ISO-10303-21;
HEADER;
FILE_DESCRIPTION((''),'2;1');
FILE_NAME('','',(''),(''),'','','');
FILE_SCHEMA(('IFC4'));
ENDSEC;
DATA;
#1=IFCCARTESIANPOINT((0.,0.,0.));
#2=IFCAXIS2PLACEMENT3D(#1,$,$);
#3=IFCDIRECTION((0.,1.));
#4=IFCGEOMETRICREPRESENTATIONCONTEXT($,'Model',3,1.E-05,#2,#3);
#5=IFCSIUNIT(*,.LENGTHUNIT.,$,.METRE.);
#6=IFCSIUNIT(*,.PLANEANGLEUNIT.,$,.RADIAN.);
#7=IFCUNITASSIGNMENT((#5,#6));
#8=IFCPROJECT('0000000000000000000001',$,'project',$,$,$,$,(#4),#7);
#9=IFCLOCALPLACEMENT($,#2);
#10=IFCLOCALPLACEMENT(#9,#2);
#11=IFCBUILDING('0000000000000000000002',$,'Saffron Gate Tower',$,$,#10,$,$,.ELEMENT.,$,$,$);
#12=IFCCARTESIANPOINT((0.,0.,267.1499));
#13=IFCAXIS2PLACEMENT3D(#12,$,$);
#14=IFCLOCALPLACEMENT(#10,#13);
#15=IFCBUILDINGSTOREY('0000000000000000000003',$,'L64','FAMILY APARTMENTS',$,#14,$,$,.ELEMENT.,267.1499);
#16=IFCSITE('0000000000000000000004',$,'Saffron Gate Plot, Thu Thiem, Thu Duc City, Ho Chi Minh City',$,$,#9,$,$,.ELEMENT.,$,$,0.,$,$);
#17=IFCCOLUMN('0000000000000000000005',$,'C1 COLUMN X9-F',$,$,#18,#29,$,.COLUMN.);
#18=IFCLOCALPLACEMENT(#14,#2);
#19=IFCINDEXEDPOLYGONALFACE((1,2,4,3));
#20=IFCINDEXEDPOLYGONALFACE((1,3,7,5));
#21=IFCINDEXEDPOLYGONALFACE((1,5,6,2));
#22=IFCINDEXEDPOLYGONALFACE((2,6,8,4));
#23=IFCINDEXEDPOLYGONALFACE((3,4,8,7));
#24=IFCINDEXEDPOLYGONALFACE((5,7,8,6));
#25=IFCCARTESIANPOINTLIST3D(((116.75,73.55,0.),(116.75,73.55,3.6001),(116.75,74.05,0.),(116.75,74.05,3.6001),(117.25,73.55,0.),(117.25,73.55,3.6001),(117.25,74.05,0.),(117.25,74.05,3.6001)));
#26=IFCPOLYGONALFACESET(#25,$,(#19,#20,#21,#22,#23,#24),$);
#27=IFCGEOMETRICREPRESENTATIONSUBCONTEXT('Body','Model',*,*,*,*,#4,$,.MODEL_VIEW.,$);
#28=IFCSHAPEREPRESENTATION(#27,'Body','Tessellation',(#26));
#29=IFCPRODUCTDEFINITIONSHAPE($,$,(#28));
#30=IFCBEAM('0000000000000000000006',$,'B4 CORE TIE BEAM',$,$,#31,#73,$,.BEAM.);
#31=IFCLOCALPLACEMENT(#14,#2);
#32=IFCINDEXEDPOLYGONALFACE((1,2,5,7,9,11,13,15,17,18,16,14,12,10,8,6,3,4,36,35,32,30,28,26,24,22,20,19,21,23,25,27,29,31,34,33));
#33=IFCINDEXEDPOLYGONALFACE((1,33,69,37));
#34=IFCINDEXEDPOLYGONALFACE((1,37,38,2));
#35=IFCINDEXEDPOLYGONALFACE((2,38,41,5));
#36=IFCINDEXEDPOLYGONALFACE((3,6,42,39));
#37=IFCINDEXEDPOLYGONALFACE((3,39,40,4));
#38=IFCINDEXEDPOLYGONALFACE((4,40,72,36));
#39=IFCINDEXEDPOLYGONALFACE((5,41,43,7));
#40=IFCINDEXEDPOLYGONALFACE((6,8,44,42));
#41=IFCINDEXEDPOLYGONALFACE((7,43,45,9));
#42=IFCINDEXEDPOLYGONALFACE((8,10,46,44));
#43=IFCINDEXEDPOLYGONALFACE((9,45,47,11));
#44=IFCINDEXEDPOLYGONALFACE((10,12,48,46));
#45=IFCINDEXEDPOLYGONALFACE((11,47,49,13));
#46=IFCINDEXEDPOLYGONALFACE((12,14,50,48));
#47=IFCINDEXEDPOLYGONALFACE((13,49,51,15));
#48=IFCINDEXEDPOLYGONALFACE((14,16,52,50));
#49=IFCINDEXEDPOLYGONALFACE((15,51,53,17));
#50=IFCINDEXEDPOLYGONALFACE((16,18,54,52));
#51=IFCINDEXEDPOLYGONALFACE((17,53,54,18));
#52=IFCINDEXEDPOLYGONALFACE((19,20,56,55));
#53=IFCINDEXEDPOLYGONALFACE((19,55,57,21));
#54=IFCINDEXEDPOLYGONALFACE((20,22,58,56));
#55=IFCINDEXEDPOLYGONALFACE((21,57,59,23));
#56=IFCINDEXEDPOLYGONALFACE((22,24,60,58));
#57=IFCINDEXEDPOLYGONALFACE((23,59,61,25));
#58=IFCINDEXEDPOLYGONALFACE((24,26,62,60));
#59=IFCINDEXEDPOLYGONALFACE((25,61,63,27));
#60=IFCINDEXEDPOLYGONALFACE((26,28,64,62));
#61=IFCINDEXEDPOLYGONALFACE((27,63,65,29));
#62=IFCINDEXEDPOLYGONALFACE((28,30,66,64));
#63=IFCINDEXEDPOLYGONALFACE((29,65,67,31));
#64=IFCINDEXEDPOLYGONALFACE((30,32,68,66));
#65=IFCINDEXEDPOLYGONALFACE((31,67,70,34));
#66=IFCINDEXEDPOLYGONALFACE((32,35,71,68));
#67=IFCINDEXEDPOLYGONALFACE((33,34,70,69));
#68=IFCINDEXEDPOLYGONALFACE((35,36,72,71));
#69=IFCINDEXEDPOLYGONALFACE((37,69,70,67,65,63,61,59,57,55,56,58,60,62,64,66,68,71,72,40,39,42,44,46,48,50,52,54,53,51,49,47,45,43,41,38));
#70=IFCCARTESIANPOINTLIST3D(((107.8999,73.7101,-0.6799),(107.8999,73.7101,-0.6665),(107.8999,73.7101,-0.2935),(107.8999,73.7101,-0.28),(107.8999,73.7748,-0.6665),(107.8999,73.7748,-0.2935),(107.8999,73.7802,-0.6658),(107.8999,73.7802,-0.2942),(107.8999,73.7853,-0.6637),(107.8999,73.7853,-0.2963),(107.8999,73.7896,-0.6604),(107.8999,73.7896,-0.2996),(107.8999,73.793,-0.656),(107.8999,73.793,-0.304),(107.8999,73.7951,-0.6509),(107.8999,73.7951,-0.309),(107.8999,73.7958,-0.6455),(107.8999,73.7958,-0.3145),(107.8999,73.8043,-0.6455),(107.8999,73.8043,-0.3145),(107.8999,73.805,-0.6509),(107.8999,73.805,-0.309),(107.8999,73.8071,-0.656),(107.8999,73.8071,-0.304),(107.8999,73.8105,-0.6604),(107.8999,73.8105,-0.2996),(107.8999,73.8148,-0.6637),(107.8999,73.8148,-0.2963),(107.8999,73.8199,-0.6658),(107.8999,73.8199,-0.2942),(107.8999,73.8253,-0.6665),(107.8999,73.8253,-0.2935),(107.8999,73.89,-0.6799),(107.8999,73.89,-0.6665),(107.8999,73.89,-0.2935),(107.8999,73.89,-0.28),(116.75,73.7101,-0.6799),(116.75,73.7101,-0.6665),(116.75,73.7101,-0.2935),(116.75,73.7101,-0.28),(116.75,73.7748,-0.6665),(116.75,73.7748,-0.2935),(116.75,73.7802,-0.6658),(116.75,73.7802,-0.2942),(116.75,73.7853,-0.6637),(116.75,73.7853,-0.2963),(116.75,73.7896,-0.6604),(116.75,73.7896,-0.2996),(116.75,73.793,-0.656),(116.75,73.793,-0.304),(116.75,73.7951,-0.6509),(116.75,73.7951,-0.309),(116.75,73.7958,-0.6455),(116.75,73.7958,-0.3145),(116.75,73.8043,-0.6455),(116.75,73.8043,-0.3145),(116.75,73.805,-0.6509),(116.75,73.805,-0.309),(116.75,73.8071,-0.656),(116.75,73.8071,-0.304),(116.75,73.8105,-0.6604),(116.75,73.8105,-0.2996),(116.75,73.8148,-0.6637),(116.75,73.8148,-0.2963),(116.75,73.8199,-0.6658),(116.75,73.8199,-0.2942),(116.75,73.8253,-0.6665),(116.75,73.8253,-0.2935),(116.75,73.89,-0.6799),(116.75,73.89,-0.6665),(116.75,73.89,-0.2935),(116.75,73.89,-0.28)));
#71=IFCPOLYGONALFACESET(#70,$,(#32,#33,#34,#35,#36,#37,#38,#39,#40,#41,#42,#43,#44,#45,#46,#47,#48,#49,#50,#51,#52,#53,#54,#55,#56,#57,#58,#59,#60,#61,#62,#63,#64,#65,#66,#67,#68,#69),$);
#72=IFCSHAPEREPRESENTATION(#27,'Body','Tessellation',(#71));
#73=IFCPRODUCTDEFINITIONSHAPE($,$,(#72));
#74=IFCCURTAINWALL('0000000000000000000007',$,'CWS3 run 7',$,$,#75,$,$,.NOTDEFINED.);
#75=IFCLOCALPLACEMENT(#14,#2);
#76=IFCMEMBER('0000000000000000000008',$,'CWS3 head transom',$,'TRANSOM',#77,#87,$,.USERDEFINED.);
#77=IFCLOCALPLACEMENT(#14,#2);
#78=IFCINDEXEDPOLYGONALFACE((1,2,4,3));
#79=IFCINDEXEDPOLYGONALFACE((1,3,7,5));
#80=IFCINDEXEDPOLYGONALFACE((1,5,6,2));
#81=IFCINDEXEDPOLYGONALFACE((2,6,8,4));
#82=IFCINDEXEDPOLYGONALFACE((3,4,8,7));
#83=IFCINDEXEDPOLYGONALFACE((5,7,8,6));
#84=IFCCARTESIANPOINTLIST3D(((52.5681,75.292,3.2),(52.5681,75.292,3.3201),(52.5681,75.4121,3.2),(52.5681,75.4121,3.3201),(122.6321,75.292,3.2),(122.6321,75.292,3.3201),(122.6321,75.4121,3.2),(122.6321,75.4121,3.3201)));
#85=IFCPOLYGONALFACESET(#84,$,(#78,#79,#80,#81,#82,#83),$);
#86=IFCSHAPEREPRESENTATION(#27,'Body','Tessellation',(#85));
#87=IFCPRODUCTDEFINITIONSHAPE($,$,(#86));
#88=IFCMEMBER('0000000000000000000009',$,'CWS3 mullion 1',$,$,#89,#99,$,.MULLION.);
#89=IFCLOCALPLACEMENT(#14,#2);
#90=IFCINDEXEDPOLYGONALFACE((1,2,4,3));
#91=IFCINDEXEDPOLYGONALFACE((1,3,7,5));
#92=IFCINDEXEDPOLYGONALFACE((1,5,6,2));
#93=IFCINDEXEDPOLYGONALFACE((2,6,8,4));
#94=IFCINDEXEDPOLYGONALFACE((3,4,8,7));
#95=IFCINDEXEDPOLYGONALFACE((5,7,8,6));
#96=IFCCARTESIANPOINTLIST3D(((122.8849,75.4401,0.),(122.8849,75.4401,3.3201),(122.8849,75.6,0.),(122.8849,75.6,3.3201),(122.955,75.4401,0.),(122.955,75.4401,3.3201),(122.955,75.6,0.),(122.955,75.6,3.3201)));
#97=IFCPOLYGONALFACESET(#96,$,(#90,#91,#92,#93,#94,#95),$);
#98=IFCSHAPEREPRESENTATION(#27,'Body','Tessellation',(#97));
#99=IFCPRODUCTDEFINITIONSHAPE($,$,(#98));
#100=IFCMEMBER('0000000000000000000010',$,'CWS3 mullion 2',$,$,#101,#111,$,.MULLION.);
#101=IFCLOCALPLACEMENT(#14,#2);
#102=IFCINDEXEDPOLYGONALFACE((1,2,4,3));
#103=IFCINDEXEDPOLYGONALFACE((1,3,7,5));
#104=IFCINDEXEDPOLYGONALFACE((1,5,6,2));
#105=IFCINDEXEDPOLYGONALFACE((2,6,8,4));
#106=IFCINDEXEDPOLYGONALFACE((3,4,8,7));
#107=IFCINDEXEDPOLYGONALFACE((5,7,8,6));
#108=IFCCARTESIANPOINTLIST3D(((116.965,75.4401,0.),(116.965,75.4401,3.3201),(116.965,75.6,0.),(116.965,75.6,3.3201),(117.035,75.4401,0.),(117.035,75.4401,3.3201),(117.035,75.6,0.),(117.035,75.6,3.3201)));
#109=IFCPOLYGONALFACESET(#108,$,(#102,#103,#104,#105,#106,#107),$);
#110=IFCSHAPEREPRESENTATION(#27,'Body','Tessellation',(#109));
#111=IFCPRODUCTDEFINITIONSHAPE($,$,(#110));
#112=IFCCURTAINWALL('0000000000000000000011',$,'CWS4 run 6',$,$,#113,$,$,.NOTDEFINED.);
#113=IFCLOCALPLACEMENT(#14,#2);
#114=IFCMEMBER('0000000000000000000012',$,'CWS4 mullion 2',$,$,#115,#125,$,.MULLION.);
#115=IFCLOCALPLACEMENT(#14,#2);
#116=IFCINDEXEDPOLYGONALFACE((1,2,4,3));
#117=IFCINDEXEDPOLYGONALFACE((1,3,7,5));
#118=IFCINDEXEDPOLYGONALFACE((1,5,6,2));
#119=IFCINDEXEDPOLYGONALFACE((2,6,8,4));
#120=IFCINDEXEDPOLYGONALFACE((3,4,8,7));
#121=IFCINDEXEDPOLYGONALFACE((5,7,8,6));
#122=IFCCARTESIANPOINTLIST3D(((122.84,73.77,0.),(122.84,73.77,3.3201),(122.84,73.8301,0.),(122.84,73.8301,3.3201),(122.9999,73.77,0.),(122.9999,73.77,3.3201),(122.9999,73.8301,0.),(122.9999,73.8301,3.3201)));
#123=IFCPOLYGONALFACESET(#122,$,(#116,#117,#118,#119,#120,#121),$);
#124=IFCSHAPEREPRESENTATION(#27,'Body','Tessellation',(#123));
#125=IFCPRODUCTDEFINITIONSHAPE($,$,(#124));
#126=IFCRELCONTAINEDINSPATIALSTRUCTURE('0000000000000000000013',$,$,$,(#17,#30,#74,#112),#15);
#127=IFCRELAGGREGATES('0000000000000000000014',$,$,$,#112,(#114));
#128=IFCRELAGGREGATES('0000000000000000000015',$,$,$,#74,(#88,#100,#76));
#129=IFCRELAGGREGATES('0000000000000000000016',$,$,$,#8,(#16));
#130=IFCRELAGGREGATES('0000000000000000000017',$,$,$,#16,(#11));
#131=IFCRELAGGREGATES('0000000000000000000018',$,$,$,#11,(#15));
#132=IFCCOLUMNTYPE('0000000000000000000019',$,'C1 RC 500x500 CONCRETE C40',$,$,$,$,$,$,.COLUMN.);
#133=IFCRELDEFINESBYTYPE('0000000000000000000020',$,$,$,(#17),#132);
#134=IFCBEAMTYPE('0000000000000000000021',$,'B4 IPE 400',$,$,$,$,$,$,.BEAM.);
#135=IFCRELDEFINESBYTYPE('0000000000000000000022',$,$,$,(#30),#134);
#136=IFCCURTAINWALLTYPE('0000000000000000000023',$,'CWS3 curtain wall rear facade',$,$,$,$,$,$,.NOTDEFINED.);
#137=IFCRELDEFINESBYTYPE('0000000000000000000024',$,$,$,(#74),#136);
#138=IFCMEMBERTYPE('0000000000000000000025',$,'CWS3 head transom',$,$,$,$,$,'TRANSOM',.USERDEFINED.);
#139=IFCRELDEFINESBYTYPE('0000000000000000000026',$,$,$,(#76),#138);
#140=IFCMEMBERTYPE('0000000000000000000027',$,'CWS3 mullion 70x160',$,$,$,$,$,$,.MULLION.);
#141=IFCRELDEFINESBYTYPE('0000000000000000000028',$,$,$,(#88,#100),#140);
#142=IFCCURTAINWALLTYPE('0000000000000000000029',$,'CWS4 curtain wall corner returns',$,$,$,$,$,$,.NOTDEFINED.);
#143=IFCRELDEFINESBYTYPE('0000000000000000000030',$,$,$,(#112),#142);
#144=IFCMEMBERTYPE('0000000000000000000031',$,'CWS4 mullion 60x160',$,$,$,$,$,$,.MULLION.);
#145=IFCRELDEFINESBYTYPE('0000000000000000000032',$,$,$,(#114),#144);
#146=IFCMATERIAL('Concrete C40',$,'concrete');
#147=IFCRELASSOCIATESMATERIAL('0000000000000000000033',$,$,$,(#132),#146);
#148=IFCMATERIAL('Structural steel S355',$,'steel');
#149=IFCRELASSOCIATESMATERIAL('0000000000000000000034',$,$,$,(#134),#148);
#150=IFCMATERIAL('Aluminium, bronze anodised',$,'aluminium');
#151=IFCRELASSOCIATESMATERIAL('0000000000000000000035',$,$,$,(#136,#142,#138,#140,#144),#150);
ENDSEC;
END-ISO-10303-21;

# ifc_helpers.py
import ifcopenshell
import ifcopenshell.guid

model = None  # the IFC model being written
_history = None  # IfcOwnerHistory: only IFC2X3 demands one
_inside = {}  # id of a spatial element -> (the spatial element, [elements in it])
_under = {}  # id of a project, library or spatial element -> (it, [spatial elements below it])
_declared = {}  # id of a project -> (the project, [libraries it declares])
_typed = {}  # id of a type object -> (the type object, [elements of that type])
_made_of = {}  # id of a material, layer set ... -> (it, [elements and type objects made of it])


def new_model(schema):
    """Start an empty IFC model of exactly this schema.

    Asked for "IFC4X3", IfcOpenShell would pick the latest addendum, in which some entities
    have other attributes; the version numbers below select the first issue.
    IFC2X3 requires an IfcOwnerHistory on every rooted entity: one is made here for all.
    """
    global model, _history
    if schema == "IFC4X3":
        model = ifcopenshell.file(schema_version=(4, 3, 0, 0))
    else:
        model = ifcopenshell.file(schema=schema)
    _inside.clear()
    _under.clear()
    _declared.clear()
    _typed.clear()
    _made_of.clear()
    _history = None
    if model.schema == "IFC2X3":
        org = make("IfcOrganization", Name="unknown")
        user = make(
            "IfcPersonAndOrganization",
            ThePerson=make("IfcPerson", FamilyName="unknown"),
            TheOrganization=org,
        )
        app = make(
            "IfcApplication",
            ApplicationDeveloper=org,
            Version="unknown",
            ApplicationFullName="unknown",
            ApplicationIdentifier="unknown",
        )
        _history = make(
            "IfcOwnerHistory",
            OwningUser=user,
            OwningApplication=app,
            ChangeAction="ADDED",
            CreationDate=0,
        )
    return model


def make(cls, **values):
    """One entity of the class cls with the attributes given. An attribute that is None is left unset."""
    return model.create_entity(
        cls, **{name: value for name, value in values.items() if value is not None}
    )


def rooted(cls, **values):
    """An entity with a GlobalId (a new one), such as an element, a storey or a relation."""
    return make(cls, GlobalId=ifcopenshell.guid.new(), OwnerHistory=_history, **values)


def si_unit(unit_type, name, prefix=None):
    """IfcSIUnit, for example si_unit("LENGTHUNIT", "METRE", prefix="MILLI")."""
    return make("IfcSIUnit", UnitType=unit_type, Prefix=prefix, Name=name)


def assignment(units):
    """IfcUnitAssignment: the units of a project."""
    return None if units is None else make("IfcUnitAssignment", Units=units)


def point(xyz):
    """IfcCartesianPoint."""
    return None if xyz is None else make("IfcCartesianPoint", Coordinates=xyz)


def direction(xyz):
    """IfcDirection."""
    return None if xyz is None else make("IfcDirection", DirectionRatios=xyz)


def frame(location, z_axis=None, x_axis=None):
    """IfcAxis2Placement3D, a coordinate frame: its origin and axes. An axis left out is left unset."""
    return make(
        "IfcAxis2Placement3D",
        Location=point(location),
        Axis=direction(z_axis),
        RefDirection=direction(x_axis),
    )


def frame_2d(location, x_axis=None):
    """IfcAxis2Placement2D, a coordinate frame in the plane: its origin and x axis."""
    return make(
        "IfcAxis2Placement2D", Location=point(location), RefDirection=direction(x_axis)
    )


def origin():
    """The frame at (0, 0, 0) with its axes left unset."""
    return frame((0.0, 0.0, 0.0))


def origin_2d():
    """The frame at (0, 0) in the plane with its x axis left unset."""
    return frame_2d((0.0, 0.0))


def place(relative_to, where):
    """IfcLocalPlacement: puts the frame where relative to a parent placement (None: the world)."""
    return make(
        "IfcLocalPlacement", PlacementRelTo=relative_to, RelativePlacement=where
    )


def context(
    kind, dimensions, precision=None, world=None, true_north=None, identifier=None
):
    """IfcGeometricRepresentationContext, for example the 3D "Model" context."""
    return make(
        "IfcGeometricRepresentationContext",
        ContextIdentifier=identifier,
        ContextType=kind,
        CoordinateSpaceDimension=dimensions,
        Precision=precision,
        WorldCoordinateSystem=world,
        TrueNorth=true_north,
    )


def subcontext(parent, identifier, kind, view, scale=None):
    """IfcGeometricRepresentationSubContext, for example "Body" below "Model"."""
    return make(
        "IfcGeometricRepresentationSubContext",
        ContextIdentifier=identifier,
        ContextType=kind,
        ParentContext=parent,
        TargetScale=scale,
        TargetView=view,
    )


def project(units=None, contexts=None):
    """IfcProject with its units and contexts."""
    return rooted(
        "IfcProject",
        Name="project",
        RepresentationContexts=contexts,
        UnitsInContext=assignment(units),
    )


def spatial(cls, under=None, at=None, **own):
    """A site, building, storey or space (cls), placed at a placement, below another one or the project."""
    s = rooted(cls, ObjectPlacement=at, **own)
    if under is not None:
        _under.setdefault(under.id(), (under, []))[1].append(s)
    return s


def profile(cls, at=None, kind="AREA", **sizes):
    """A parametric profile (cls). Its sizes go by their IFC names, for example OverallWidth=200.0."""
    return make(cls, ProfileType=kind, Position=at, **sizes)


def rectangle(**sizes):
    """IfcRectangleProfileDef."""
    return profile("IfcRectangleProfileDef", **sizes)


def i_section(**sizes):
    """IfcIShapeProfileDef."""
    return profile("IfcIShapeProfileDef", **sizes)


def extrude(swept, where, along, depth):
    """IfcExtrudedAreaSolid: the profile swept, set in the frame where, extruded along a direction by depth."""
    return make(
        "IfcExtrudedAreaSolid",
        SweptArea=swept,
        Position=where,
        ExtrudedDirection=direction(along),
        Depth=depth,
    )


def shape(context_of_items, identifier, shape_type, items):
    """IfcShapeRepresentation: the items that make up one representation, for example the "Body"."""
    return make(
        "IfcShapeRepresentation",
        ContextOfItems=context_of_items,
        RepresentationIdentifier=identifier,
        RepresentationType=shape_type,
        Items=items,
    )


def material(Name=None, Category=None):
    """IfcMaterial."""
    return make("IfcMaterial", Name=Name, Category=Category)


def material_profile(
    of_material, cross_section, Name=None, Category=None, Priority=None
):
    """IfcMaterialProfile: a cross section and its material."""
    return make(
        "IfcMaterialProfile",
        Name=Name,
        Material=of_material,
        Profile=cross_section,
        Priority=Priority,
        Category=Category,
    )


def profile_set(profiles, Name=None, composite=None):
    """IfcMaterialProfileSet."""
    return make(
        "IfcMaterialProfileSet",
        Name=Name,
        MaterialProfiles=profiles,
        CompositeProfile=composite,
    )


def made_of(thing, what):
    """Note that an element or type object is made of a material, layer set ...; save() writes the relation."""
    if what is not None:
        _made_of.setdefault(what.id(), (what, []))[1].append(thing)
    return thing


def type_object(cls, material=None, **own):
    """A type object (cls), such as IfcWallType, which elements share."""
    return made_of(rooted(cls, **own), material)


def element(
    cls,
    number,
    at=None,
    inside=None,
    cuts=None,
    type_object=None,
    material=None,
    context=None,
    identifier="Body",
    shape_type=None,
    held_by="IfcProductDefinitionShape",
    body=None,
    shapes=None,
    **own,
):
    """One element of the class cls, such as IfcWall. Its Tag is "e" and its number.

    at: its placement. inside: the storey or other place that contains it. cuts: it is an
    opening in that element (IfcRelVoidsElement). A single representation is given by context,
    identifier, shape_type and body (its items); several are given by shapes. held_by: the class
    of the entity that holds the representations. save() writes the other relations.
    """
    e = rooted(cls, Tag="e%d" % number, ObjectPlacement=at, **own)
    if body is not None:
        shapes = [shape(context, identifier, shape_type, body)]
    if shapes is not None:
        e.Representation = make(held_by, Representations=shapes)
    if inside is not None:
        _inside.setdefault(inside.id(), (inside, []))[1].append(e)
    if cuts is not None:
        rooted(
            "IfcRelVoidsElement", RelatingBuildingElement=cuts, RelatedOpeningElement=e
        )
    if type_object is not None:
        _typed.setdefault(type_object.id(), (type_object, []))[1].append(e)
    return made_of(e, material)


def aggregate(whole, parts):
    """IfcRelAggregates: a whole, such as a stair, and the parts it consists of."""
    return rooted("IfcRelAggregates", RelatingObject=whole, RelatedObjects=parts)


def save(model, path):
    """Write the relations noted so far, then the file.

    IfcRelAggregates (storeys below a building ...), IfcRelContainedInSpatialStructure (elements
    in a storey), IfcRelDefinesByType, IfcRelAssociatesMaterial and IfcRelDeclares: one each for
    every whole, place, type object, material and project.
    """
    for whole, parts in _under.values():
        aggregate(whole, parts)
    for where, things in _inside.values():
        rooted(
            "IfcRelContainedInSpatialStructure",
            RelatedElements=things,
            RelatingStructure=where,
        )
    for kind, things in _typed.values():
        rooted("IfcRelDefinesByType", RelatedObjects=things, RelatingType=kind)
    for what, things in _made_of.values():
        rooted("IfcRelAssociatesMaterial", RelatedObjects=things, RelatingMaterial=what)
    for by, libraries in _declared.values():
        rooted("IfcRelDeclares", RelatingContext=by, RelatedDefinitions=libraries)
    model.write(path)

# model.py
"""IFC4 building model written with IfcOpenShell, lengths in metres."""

from ifc_helpers import new_model, si_unit, direction, frame, origin, origin_2d, place, context, subcontext, project, spatial, rectangle, i_section, extrude, material, material_profile, profile_set, type_object, element, aggregate, save


model = new_model("IFC4")

# Units and contexts
model_context = context("Model", 3, precision=1e-05, world=origin(), true_north=direction((0.0, 1.0)))
body_context = subcontext(model_context, "Body", "Model", "MODEL_VIEW")
ifc_project = project(units=[si_unit("LENGTHUNIT", "METRE"), si_unit("PLANEANGLEUNIT", "RADIAN")], contexts=[model_context])

# Site, building, storey
site_placement = place(None, origin())
site = spatial("IfcSite", under=ifc_project, at=site_placement, Name="Saffron Gate Plot, Thu Thiem, Thu Duc City, Ho Chi Minh City", CompositionType="ELEMENT", RefElevation=0.0)
building_placement = place(site_placement, origin())
building = spatial("IfcBuilding", under=site, at=building_placement, Name="Saffron Gate Tower", CompositionType="ELEMENT")
storey_placement = place(building_placement, frame((0.0, 0.0, 267.1499)))
storey = spatial("IfcBuildingStorey", under=building, at=storey_placement, Name="L64", Description="FAMILY APARTMENTS", CompositionType="ELEMENT", Elevation=267.1499)

# Column
ifc_material_1 = material(Name="Concrete C40", Category="concrete")
ifc_material_profile_1 = material_profile(ifc_material_1, rectangle(XDim=0.5, YDim=0.5, at=origin_2d()))
ifc_profile_set_1 = profile_set([ifc_material_profile_1], Name="Concrete C40")
column_type = type_object("IfcColumnType", Name="C1 RC 500x500 CONCRETE C40", PredefinedType="COLUMN", material=ifc_profile_set_1)
column_placement = place(storey_placement, frame((117.0, 73.8, 0.0), z_axis=(0.0, 0.0, 1.0), x_axis=(1.0, 0.0, 0.0)))
element("IfcColumn", 1, at=column_placement, inside=storey, type_object=column_type, Name="C1 COLUMN X9-F", PredefinedType="COLUMN", context=body_context, shape_type="SweptSolid", body=[
    extrude(rectangle(XDim=0.5, YDim=0.5, at=origin_2d()), origin(), (0.0, 0.0, 1.0), 3.6001),
])

# Beam
ifc_material_2 = material(Name="Structural steel S355", Category="steel")
ifc_material_profile_2 = material_profile(ifc_material_2, i_section(OverallWidth=0.1799, OverallDepth=0.3999, WebThickness=0.0085, FlangeThickness=0.0134, FilletRadius=0.021, at=origin_2d()))
ifc_profile_set_2 = profile_set([ifc_material_profile_2], Name="Structural steel S355")
beam_type = type_object("IfcBeamType", Name="B4 IPE 400", PredefinedType="BEAM", material=ifc_profile_set_2)
beam_placement = place(storey_placement, frame((116.75, 73.8, -0.48), z_axis=(-1.0, 0.0, 0.0), x_axis=(0.0, -1.0, 0.0)))
element("IfcBeam", 2, at=beam_placement, inside=storey, type_object=beam_type, Name="B4 CORE TIE BEAM", PredefinedType="BEAM", context=body_context, shape_type="SweptSolid", body=[
    extrude(i_section(OverallWidth=0.1799, OverallDepth=0.3999, WebThickness=0.0085, FlangeThickness=0.0134, FilletRadius=0.021, at=origin_2d()), origin(), (0.0, 0.0, 1.0), 8.8501),
])

# Curtain wall, members
ifc_material_3 = material(Name="Aluminium, bronze anodised", Category="aluminium")
curtain_wall_type_1 = type_object("IfcCurtainWallType", Name="CWS3 curtain wall rear facade", PredefinedType="NOTDEFINED", material=ifc_material_3)
curtain_wall_1_placement = place(storey_placement, origin())
curtain_wall_1 = element("IfcCurtainWall", 3, at=curtain_wall_1_placement, inside=storey, type_object=curtain_wall_type_1, Name="CWS3 run 7", PredefinedType="NOTDEFINED")
ifc_material_profile_3 = material_profile(ifc_material_3, rectangle(XDim=0.1201, YDim=0.1201, at=origin_2d()))
ifc_profile_set_3 = profile_set([ifc_material_profile_3], Name="Aluminium, bronze anodised")
member_type_1 = type_object("IfcMemberType", Name="CWS3 head transom", ElementType="TRANSOM", PredefinedType="USERDEFINED", material=ifc_profile_set_3)
member_1_placement = place(storey_placement, frame((122.6321, 75.3521, 3.26), z_axis=(-1.0, 0.0, 0.0), x_axis=(0.0, -1.0, 0.0)))
member_1 = element("IfcMember", 4, at=member_1_placement, type_object=member_type_1, Name="CWS3 head transom", ObjectType="TRANSOM", PredefinedType="USERDEFINED", context=body_context, shape_type="SweptSolid", body=[
    extrude(rectangle(XDim=0.1201, YDim=0.1201, at=origin_2d()), origin(), (0.0, 0.0, 1.0), 70.064),
])
ifc_material_profile_4 = material_profile(ifc_material_3, rectangle(XDim=0.1599, YDim=0.0701, at=origin_2d()))
ifc_profile_set_4 = profile_set([ifc_material_profile_4], Name="Aluminium, bronze anodised")
member_type_2 = type_object("IfcMemberType", Name="CWS3 mullion 70x160", PredefinedType="MULLION", material=ifc_profile_set_4)
member_2_placement = place(storey_placement, frame((122.9199, 75.52, 0.0), z_axis=(0.0, 0.0, 1.0), x_axis=(0.0, -1.0, 0.0)))
member_2 = element("IfcMember", 5, at=member_2_placement, type_object=member_type_2, Name="CWS3 mullion 1", PredefinedType="MULLION", context=body_context, shape_type="SweptSolid", body=[
    extrude(rectangle(XDim=0.1599, YDim=0.0701, at=origin_2d()), origin(), (0.0, 0.0, 1.0), 3.3201),
])
member_3_placement = place(storey_placement, frame((117.0, 75.52, 0.0), z_axis=(0.0, 0.0, 1.0), x_axis=(0.0, -1.0, 0.0)))
member_3 = element("IfcMember", 6, at=member_3_placement, type_object=member_type_2, Name="CWS3 mullion 2", PredefinedType="MULLION", context=body_context, shape_type="SweptSolid", body=[
    extrude(rectangle(XDim=0.1599, YDim=0.0701, at=origin_2d()), origin(), (0.0, 0.0, 1.0), 3.3201),
])

# Curtain wall, member
curtain_wall_type_2 = type_object("IfcCurtainWallType", Name="CWS4 curtain wall corner returns", PredefinedType="NOTDEFINED", material=ifc_material_3)
curtain_wall_2_placement = place(storey_placement, origin())
curtain_wall_2 = element("IfcCurtainWall", 7, at=curtain_wall_2_placement, inside=storey, type_object=curtain_wall_type_2, Name="CWS4 run 6", PredefinedType="NOTDEFINED")
ifc_material_profile_5 = material_profile(ifc_material_3, rectangle(XDim=0.1599, YDim=0.0601, at=origin_2d()))
ifc_profile_set_5 = profile_set([ifc_material_profile_5], Name="Aluminium, bronze anodised")
member_type_3 = type_object("IfcMemberType", Name="CWS4 mullion 60x160", PredefinedType="MULLION", material=ifc_profile_set_5)
member_4_placement = place(storey_placement, frame((122.9199, 73.8, 0.0), z_axis=(0.0, 0.0, 1.0), x_axis=(-1.0, 0.0, 0.0)))
member_4 = element("IfcMember", 8, at=member_4_placement, type_object=member_type_3, Name="CWS4 mullion 2", PredefinedType="MULLION", context=body_context, shape_type="SweptSolid", body=[
    extrude(rectangle(XDim=0.1599, YDim=0.0601, at=origin_2d()), origin(), (0.0, 0.0, 1.0), 3.3201),
])
aggregate(curtain_wall_2, [member_4])

aggregate(curtain_wall_1, [member_2, member_3, member_1])

save(model, "model.ifc")
